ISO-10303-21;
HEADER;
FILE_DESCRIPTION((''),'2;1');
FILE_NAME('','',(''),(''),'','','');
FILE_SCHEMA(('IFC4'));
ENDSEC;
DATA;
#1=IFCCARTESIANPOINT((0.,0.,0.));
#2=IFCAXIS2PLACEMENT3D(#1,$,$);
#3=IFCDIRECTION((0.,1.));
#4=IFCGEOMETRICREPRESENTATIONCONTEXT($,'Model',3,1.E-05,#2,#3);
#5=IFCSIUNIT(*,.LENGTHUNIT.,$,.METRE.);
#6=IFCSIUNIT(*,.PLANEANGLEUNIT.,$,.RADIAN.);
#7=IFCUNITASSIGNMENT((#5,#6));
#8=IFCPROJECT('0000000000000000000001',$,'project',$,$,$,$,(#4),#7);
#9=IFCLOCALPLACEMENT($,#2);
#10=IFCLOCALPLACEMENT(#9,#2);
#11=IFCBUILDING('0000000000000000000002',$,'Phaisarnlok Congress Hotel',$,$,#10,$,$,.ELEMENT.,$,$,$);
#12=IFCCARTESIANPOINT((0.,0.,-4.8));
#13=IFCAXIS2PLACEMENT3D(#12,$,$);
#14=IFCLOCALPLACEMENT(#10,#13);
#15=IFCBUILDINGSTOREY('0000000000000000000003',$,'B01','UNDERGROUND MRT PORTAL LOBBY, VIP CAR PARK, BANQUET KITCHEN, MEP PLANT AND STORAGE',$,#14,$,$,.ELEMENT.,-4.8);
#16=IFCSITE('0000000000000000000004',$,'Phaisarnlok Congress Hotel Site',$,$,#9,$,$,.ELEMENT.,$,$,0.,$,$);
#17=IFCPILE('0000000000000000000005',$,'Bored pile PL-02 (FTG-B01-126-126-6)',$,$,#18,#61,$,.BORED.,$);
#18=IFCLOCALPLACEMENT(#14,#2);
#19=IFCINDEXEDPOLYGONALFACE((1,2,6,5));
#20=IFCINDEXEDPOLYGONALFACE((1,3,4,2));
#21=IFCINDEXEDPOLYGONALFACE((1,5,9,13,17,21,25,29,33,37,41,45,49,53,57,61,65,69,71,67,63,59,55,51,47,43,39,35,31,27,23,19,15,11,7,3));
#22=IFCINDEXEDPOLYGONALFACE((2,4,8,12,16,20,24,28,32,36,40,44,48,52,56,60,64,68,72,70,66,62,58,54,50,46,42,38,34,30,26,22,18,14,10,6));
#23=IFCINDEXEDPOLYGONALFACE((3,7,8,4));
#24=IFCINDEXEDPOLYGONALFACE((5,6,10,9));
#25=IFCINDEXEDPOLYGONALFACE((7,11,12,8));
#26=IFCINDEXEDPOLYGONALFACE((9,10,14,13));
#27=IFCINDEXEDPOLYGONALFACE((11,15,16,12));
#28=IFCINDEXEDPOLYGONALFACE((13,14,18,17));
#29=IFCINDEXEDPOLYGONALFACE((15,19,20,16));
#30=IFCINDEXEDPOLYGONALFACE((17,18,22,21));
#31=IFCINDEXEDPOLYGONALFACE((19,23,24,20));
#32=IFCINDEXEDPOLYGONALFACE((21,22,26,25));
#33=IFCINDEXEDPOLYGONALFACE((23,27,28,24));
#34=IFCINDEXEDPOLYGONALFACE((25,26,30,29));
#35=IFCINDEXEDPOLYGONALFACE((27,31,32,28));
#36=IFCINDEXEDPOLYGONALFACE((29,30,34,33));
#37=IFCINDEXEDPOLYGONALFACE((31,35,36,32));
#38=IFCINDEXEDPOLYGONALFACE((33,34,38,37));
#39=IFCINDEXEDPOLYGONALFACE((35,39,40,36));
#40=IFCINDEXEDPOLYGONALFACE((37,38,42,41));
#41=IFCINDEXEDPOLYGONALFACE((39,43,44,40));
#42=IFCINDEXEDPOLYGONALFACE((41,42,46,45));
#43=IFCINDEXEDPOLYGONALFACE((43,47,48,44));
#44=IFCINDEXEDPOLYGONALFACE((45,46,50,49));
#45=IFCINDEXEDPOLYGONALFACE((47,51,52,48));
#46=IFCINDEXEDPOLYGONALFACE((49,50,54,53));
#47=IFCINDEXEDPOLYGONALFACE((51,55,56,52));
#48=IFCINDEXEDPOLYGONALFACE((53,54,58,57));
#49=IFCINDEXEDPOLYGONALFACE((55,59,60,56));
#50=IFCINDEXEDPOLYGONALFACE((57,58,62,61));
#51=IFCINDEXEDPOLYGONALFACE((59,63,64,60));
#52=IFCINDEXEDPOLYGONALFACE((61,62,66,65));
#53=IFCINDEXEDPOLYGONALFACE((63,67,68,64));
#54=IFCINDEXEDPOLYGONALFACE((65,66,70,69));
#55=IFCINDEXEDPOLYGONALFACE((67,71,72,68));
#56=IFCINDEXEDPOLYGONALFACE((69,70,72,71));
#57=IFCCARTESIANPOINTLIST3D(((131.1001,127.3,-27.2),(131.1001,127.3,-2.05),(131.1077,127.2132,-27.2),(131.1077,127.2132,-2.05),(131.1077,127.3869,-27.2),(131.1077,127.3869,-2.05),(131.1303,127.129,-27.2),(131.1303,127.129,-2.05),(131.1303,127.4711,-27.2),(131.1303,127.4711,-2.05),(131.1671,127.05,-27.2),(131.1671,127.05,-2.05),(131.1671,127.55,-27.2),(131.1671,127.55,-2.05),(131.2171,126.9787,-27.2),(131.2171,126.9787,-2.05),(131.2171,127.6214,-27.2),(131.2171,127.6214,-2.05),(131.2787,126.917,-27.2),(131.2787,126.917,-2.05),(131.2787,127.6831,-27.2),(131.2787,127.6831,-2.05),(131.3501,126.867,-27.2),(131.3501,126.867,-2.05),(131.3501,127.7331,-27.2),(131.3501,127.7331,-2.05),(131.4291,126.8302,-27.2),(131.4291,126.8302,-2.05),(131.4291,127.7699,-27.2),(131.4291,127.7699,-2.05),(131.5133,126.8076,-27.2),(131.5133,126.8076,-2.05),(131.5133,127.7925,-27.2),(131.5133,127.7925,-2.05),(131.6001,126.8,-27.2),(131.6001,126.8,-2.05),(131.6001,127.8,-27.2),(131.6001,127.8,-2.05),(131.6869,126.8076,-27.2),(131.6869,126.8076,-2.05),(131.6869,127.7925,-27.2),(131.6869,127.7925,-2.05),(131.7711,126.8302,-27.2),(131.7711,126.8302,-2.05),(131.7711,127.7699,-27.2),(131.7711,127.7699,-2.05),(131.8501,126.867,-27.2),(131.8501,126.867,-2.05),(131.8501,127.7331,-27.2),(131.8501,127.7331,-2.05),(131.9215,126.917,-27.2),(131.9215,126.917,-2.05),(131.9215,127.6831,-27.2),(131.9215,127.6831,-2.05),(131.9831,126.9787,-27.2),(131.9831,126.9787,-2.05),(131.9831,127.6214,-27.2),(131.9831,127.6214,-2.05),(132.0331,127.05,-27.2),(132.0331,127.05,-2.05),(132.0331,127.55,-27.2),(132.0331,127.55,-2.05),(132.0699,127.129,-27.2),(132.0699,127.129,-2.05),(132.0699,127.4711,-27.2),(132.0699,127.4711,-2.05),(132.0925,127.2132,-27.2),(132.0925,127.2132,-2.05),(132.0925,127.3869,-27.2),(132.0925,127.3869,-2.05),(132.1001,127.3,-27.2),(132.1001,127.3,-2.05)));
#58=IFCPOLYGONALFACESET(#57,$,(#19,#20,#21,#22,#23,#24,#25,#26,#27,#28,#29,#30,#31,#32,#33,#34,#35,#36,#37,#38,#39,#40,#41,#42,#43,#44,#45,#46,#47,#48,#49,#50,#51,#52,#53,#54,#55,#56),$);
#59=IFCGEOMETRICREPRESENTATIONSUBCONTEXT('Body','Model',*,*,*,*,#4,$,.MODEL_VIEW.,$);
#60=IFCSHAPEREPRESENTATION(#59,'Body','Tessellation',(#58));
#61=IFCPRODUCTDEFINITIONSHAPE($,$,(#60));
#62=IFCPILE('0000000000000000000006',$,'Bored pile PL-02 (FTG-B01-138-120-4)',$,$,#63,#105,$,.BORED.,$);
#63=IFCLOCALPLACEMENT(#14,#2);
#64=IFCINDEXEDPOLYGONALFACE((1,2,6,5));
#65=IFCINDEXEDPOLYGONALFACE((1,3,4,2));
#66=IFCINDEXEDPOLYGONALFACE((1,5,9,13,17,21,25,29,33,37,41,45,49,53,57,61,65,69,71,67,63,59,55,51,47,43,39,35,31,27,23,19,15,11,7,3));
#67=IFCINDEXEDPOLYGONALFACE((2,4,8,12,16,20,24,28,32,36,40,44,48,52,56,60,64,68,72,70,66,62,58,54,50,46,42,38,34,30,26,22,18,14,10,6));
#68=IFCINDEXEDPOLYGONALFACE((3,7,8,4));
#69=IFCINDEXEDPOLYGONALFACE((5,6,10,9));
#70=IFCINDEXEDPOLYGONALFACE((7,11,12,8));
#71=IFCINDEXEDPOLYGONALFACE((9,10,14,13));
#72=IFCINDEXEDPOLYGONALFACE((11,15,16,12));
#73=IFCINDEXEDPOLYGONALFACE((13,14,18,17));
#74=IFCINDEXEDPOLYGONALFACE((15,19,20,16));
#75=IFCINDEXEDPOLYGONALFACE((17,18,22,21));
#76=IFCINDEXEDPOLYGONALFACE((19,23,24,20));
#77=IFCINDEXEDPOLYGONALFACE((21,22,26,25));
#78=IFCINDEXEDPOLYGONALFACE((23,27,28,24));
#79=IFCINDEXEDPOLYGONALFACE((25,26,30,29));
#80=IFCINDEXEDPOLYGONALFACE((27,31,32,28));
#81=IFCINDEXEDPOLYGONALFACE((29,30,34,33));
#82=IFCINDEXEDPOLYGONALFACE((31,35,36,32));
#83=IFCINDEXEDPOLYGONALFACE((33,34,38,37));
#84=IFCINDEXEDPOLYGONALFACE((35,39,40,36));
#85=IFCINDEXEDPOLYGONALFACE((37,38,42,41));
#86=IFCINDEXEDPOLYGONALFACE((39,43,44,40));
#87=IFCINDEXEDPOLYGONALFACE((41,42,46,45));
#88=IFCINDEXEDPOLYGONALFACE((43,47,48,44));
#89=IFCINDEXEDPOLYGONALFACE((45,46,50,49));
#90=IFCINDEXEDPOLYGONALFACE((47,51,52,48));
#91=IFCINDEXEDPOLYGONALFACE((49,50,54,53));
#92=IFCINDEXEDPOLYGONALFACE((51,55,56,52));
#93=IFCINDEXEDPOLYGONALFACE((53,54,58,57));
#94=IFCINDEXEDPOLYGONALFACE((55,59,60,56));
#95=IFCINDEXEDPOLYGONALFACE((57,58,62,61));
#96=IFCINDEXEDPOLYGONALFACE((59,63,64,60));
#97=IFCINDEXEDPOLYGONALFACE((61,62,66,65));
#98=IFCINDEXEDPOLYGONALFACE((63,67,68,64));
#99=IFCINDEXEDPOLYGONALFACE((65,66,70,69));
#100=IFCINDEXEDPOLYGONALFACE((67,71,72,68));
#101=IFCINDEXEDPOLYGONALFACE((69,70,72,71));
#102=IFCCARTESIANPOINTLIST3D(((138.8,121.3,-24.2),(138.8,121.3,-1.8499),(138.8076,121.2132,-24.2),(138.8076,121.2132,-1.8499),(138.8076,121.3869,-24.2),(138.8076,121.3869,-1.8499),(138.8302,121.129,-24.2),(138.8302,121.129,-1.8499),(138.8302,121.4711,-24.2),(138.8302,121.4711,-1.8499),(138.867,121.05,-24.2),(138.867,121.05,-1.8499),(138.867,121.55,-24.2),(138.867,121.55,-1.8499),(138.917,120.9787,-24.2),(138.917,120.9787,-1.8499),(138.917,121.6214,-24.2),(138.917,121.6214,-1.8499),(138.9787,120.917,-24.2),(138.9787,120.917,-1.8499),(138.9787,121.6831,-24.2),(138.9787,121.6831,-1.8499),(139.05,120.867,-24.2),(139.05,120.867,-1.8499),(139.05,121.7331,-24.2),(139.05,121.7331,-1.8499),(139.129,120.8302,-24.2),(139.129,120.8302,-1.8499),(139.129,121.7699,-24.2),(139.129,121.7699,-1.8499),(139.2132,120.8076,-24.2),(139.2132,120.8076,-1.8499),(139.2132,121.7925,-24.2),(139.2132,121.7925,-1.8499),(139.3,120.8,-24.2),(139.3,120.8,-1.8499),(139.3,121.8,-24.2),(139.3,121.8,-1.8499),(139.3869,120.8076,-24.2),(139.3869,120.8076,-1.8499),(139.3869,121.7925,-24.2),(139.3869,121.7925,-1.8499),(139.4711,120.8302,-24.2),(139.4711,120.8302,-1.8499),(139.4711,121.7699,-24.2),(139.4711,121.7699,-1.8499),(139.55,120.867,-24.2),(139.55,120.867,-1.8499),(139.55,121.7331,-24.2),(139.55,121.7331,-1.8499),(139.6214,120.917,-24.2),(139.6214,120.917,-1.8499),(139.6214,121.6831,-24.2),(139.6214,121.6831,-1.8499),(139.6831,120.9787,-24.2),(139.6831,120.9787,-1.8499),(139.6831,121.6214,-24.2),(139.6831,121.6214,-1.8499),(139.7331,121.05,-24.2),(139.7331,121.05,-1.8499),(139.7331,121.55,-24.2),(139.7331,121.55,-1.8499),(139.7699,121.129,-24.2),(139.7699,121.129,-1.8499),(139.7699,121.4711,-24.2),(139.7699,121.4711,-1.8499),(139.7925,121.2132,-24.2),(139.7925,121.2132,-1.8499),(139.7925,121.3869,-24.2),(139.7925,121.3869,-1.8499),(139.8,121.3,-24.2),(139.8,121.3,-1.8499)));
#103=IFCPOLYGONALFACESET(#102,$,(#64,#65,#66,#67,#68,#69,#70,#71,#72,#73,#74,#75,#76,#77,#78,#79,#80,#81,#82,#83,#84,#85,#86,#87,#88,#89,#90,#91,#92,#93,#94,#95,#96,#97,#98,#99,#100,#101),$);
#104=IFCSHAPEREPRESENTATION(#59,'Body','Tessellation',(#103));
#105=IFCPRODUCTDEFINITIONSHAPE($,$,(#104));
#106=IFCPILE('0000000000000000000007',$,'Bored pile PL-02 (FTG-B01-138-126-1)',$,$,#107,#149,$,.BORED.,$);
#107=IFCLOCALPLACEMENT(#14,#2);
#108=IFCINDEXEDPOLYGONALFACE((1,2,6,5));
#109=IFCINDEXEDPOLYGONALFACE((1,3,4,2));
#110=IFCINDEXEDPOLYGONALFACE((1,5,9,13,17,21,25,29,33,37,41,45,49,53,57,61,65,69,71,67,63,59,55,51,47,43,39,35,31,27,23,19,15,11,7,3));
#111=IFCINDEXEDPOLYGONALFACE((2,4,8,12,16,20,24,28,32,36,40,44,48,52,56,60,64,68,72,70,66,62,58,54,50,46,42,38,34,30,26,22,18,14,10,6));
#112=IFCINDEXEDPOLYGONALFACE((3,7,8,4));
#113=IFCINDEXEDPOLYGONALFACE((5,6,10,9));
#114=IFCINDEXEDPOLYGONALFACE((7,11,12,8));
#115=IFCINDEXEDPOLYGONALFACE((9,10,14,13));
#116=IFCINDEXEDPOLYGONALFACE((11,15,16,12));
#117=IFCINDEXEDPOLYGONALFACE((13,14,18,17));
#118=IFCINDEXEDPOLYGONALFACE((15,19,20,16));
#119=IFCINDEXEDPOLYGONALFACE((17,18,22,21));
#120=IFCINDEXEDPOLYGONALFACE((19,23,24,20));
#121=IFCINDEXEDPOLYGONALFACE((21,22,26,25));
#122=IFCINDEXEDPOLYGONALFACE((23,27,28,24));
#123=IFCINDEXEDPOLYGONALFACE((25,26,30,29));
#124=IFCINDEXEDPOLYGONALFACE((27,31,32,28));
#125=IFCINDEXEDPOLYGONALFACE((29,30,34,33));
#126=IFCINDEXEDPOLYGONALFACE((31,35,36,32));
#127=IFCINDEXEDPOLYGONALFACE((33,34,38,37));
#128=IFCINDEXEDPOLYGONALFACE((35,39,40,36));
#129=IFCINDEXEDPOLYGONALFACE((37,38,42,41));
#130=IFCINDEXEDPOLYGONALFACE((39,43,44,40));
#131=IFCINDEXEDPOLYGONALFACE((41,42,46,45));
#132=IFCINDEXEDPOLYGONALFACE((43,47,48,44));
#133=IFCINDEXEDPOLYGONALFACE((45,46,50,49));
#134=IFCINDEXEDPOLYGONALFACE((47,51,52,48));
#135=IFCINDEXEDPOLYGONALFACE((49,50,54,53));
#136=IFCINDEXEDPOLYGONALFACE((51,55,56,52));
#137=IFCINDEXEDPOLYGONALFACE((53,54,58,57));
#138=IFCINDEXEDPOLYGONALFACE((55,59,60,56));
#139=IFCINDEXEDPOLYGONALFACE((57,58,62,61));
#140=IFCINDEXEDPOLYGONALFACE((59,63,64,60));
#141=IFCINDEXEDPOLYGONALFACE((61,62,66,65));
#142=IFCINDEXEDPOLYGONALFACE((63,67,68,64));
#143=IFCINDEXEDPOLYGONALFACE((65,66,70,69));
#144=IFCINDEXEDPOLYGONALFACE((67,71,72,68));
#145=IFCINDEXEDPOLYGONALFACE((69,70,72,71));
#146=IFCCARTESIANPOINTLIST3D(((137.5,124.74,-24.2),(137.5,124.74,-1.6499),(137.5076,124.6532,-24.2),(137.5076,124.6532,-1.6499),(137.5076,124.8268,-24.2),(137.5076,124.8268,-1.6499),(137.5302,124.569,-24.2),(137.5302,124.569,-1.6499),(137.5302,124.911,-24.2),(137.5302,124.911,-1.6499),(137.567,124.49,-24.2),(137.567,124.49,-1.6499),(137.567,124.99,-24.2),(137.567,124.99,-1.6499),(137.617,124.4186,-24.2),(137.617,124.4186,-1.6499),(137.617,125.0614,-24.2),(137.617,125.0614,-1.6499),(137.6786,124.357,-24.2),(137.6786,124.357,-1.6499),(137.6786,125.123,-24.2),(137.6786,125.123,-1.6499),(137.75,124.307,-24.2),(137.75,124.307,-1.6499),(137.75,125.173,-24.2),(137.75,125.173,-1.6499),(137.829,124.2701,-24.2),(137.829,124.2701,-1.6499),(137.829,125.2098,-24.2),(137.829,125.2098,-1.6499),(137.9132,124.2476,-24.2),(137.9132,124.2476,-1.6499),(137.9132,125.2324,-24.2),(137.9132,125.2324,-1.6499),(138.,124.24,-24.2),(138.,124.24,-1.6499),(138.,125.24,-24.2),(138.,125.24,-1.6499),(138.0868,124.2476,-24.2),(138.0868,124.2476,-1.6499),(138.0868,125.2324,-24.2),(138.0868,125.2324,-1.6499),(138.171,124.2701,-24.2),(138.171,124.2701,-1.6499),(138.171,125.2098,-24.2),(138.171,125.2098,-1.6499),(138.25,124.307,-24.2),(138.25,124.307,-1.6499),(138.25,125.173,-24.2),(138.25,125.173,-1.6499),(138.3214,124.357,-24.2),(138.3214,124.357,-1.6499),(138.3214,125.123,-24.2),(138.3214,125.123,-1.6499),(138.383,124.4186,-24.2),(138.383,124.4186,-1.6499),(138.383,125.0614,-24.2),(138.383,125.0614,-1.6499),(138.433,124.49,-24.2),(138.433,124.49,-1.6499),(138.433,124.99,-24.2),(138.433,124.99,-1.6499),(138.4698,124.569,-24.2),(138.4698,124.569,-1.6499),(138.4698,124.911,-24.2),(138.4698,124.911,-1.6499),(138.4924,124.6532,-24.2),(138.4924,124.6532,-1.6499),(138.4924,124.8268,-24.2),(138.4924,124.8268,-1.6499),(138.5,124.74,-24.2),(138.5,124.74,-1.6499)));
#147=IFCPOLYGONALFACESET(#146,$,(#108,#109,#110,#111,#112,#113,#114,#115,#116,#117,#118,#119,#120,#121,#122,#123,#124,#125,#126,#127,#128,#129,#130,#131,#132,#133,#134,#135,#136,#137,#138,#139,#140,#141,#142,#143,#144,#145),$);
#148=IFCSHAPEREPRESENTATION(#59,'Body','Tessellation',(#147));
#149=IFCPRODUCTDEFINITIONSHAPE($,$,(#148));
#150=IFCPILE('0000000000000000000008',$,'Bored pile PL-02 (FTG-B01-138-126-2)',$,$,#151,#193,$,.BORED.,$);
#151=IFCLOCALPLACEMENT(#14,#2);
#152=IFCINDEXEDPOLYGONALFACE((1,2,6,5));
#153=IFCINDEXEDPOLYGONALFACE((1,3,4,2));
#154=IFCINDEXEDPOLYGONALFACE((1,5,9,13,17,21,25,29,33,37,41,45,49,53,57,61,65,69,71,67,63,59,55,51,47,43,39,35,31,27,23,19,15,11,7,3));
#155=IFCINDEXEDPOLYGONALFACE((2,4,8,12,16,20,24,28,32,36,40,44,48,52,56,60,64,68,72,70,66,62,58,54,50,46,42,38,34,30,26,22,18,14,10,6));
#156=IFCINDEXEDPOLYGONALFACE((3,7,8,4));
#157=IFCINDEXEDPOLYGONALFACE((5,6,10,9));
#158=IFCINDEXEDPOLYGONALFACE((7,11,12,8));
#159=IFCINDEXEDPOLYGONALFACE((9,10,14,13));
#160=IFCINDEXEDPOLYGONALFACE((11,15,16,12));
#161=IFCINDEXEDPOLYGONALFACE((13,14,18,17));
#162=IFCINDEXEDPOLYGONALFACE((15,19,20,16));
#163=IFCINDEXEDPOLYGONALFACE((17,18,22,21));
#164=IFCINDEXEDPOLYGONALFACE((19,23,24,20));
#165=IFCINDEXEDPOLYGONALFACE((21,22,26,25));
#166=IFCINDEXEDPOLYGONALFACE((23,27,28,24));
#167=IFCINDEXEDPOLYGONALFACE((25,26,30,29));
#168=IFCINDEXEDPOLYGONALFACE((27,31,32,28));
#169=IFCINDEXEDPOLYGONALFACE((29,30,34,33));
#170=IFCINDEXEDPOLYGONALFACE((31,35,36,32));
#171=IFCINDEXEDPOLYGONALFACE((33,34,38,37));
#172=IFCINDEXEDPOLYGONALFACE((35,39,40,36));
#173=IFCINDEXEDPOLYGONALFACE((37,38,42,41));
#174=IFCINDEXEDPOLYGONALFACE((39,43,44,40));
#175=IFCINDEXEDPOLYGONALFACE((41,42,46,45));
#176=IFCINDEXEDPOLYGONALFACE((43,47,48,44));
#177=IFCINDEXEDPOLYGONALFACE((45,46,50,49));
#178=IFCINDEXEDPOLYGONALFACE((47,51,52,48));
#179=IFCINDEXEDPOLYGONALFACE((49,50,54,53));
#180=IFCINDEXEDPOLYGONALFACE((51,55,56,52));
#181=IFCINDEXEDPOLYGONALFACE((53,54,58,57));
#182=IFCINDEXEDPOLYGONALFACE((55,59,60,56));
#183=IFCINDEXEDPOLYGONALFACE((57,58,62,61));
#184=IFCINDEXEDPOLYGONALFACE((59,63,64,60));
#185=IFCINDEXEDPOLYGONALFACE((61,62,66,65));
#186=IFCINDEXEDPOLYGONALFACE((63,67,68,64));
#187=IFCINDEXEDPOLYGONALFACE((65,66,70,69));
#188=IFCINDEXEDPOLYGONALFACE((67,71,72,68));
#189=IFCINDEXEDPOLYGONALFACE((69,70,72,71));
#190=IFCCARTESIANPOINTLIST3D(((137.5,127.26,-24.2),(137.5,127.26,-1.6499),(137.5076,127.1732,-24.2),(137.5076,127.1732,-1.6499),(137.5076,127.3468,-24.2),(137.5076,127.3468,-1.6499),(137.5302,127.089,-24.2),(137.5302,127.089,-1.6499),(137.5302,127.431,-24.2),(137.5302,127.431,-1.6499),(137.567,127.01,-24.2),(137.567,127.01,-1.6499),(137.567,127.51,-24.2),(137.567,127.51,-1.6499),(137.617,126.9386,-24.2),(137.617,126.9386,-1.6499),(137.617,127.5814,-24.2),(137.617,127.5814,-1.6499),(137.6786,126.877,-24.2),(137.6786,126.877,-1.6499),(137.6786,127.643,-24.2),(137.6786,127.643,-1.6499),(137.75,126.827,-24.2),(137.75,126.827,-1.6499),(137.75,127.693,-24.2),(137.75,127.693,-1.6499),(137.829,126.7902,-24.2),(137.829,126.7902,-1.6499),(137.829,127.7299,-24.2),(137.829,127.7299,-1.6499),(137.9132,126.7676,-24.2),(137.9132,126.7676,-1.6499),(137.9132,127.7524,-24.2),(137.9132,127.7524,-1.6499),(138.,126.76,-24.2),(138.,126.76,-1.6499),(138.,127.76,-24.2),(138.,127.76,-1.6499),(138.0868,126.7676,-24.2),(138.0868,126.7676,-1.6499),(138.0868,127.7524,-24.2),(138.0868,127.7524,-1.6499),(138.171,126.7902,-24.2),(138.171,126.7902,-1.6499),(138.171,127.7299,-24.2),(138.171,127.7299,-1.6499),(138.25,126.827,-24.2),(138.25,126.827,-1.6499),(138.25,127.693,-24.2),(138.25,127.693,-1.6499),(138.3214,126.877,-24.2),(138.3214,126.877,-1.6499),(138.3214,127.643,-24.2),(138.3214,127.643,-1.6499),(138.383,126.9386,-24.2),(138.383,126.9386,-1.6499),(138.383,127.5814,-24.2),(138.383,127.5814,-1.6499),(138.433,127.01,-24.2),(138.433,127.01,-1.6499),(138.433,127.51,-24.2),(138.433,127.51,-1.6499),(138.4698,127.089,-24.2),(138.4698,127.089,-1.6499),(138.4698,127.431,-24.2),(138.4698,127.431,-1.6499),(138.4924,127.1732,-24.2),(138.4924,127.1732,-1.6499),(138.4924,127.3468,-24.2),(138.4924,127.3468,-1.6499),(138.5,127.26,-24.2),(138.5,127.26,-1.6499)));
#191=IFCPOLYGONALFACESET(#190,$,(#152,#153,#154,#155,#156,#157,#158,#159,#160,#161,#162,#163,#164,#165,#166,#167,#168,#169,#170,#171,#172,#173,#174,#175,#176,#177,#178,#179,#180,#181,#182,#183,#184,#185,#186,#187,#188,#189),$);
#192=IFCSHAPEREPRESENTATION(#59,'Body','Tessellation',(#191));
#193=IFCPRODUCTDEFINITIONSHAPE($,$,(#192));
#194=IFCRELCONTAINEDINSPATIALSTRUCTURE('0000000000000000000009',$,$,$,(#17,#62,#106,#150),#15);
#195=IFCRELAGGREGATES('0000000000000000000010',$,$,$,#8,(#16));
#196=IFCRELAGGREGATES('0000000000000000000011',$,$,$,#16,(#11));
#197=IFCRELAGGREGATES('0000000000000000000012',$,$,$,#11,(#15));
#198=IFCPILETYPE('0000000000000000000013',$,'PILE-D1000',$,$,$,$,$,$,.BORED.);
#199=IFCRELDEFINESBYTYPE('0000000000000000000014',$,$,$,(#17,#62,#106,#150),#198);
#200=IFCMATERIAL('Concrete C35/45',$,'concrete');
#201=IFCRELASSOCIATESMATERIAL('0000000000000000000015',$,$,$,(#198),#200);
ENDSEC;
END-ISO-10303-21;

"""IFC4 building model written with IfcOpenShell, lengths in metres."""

from ifc_helpers import new_model, si_unit, direction, frame, origin, origin_2d, place, context, subcontext, project, spatial, circle, extrude, material, material_profile, profile_set, type_object, element, save


model = new_model("IFC4")

# Units and contexts
model_context = context("Model", 3, precision=1e-05, world=origin(), true_north=direction((0.0, 1.0)))
body_context = subcontext(model_context, "Body", "Model", "MODEL_VIEW")
ifc_project = project(units=[si_unit("LENGTHUNIT", "METRE"), si_unit("PLANEANGLEUNIT", "RADIAN")], contexts=[model_context])

# Site, building, storey
site_placement = place(None, origin())
site = spatial("IfcSite", under=ifc_project, at=site_placement, Name="Phaisarnlok Congress Hotel Site", CompositionType="ELEMENT", RefElevation=0.0)
building_placement = place(site_placement, origin())
building = spatial("IfcBuilding", under=site, at=building_placement, Name="Phaisarnlok Congress Hotel", CompositionType="ELEMENT")
storey_placement = place(building_placement, frame((0.0, 0.0, -4.8)))
storey = spatial("IfcBuildingStorey", under=building, at=storey_placement, Name="B01", Description="UNDERGROUND MRT PORTAL LOBBY, VIP CAR PARK, BANQUET KITCHEN, MEP PLANT AND STORAGE", CompositionType="ELEMENT", Elevation=-4.8)

# Piles
ifc_material_1 = material(Name="Concrete C35/45", Category="concrete")
ifc_material_profile_1 = material_profile(ifc_material_1, circle(Radius=0.5, at=origin_2d()), Name="BORED PILE D1000")
ifc_profile_set_1 = profile_set([ifc_material_profile_1], Name="Concrete C35/45")
pile_type_1 = type_object("IfcPileType", Name="PILE-D1000", PredefinedType="BORED", material=ifc_profile_set_1)
for number, where, z_axis, x_axis, name in (
    (1, (131.6001, 127.3, -2.05), (0.0, 0.0, -1.0), (1.0, 0.0, 0.0), "Bored pile PL-02 (FTG-B01-126-126-6)"),
):
    element("IfcPile", number, at=place(storey_placement, frame(where, z_axis=z_axis, x_axis=x_axis)), inside=storey, type_object=pile_type_1, Name=name, PredefinedType="BORED", context=body_context, shape_type="SweptSolid", body=[
        extrude(circle(Radius=0.5, at=origin_2d()), origin(), (0.0, 0.0, 1.0), 25.1499),
    ])
pile_placement = place(storey_placement, frame((139.3, 121.3, -1.8499), z_axis=(0.0, 0.0, -1.0), x_axis=(1.0, 0.0, 0.0)))
element("IfcPile", 2, at=pile_placement, inside=storey, type_object=pile_type_1, Name="Bored pile PL-02 (FTG-B01-138-120-4)", PredefinedType="BORED", context=body_context, shape_type="SweptSolid", body=[
    extrude(circle(Radius=0.5, at=origin_2d()), origin(), (0.0, 0.0, 1.0), 22.3501),
])
for number, where, z_axis, x_axis, name in (
    (3, (138.0, 124.74, -1.6499), (0.0, 0.0, -1.0), (1.0, 0.0, 0.0), "Bored pile PL-02 (FTG-B01-138-126-1)"),
    (4, (138.0, 127.26, -1.6499), (0.0, 0.0, -1.0), (1.0, 0.0, 0.0), "Bored pile PL-02 (FTG-B01-138-126-2)"),
):
    element("IfcPile", number, at=place(storey_placement, frame(where, z_axis=z_axis, x_axis=x_axis)), inside=storey, type_object=pile_type_1, Name=name, PredefinedType="BORED", context=body_context, shape_type="SweptSolid", body=[
        extrude(circle(Radius=0.5, at=origin_2d()), origin(), (0.0, 0.0, 1.0), 22.55),
    ])

save(model, "model.ifc")
